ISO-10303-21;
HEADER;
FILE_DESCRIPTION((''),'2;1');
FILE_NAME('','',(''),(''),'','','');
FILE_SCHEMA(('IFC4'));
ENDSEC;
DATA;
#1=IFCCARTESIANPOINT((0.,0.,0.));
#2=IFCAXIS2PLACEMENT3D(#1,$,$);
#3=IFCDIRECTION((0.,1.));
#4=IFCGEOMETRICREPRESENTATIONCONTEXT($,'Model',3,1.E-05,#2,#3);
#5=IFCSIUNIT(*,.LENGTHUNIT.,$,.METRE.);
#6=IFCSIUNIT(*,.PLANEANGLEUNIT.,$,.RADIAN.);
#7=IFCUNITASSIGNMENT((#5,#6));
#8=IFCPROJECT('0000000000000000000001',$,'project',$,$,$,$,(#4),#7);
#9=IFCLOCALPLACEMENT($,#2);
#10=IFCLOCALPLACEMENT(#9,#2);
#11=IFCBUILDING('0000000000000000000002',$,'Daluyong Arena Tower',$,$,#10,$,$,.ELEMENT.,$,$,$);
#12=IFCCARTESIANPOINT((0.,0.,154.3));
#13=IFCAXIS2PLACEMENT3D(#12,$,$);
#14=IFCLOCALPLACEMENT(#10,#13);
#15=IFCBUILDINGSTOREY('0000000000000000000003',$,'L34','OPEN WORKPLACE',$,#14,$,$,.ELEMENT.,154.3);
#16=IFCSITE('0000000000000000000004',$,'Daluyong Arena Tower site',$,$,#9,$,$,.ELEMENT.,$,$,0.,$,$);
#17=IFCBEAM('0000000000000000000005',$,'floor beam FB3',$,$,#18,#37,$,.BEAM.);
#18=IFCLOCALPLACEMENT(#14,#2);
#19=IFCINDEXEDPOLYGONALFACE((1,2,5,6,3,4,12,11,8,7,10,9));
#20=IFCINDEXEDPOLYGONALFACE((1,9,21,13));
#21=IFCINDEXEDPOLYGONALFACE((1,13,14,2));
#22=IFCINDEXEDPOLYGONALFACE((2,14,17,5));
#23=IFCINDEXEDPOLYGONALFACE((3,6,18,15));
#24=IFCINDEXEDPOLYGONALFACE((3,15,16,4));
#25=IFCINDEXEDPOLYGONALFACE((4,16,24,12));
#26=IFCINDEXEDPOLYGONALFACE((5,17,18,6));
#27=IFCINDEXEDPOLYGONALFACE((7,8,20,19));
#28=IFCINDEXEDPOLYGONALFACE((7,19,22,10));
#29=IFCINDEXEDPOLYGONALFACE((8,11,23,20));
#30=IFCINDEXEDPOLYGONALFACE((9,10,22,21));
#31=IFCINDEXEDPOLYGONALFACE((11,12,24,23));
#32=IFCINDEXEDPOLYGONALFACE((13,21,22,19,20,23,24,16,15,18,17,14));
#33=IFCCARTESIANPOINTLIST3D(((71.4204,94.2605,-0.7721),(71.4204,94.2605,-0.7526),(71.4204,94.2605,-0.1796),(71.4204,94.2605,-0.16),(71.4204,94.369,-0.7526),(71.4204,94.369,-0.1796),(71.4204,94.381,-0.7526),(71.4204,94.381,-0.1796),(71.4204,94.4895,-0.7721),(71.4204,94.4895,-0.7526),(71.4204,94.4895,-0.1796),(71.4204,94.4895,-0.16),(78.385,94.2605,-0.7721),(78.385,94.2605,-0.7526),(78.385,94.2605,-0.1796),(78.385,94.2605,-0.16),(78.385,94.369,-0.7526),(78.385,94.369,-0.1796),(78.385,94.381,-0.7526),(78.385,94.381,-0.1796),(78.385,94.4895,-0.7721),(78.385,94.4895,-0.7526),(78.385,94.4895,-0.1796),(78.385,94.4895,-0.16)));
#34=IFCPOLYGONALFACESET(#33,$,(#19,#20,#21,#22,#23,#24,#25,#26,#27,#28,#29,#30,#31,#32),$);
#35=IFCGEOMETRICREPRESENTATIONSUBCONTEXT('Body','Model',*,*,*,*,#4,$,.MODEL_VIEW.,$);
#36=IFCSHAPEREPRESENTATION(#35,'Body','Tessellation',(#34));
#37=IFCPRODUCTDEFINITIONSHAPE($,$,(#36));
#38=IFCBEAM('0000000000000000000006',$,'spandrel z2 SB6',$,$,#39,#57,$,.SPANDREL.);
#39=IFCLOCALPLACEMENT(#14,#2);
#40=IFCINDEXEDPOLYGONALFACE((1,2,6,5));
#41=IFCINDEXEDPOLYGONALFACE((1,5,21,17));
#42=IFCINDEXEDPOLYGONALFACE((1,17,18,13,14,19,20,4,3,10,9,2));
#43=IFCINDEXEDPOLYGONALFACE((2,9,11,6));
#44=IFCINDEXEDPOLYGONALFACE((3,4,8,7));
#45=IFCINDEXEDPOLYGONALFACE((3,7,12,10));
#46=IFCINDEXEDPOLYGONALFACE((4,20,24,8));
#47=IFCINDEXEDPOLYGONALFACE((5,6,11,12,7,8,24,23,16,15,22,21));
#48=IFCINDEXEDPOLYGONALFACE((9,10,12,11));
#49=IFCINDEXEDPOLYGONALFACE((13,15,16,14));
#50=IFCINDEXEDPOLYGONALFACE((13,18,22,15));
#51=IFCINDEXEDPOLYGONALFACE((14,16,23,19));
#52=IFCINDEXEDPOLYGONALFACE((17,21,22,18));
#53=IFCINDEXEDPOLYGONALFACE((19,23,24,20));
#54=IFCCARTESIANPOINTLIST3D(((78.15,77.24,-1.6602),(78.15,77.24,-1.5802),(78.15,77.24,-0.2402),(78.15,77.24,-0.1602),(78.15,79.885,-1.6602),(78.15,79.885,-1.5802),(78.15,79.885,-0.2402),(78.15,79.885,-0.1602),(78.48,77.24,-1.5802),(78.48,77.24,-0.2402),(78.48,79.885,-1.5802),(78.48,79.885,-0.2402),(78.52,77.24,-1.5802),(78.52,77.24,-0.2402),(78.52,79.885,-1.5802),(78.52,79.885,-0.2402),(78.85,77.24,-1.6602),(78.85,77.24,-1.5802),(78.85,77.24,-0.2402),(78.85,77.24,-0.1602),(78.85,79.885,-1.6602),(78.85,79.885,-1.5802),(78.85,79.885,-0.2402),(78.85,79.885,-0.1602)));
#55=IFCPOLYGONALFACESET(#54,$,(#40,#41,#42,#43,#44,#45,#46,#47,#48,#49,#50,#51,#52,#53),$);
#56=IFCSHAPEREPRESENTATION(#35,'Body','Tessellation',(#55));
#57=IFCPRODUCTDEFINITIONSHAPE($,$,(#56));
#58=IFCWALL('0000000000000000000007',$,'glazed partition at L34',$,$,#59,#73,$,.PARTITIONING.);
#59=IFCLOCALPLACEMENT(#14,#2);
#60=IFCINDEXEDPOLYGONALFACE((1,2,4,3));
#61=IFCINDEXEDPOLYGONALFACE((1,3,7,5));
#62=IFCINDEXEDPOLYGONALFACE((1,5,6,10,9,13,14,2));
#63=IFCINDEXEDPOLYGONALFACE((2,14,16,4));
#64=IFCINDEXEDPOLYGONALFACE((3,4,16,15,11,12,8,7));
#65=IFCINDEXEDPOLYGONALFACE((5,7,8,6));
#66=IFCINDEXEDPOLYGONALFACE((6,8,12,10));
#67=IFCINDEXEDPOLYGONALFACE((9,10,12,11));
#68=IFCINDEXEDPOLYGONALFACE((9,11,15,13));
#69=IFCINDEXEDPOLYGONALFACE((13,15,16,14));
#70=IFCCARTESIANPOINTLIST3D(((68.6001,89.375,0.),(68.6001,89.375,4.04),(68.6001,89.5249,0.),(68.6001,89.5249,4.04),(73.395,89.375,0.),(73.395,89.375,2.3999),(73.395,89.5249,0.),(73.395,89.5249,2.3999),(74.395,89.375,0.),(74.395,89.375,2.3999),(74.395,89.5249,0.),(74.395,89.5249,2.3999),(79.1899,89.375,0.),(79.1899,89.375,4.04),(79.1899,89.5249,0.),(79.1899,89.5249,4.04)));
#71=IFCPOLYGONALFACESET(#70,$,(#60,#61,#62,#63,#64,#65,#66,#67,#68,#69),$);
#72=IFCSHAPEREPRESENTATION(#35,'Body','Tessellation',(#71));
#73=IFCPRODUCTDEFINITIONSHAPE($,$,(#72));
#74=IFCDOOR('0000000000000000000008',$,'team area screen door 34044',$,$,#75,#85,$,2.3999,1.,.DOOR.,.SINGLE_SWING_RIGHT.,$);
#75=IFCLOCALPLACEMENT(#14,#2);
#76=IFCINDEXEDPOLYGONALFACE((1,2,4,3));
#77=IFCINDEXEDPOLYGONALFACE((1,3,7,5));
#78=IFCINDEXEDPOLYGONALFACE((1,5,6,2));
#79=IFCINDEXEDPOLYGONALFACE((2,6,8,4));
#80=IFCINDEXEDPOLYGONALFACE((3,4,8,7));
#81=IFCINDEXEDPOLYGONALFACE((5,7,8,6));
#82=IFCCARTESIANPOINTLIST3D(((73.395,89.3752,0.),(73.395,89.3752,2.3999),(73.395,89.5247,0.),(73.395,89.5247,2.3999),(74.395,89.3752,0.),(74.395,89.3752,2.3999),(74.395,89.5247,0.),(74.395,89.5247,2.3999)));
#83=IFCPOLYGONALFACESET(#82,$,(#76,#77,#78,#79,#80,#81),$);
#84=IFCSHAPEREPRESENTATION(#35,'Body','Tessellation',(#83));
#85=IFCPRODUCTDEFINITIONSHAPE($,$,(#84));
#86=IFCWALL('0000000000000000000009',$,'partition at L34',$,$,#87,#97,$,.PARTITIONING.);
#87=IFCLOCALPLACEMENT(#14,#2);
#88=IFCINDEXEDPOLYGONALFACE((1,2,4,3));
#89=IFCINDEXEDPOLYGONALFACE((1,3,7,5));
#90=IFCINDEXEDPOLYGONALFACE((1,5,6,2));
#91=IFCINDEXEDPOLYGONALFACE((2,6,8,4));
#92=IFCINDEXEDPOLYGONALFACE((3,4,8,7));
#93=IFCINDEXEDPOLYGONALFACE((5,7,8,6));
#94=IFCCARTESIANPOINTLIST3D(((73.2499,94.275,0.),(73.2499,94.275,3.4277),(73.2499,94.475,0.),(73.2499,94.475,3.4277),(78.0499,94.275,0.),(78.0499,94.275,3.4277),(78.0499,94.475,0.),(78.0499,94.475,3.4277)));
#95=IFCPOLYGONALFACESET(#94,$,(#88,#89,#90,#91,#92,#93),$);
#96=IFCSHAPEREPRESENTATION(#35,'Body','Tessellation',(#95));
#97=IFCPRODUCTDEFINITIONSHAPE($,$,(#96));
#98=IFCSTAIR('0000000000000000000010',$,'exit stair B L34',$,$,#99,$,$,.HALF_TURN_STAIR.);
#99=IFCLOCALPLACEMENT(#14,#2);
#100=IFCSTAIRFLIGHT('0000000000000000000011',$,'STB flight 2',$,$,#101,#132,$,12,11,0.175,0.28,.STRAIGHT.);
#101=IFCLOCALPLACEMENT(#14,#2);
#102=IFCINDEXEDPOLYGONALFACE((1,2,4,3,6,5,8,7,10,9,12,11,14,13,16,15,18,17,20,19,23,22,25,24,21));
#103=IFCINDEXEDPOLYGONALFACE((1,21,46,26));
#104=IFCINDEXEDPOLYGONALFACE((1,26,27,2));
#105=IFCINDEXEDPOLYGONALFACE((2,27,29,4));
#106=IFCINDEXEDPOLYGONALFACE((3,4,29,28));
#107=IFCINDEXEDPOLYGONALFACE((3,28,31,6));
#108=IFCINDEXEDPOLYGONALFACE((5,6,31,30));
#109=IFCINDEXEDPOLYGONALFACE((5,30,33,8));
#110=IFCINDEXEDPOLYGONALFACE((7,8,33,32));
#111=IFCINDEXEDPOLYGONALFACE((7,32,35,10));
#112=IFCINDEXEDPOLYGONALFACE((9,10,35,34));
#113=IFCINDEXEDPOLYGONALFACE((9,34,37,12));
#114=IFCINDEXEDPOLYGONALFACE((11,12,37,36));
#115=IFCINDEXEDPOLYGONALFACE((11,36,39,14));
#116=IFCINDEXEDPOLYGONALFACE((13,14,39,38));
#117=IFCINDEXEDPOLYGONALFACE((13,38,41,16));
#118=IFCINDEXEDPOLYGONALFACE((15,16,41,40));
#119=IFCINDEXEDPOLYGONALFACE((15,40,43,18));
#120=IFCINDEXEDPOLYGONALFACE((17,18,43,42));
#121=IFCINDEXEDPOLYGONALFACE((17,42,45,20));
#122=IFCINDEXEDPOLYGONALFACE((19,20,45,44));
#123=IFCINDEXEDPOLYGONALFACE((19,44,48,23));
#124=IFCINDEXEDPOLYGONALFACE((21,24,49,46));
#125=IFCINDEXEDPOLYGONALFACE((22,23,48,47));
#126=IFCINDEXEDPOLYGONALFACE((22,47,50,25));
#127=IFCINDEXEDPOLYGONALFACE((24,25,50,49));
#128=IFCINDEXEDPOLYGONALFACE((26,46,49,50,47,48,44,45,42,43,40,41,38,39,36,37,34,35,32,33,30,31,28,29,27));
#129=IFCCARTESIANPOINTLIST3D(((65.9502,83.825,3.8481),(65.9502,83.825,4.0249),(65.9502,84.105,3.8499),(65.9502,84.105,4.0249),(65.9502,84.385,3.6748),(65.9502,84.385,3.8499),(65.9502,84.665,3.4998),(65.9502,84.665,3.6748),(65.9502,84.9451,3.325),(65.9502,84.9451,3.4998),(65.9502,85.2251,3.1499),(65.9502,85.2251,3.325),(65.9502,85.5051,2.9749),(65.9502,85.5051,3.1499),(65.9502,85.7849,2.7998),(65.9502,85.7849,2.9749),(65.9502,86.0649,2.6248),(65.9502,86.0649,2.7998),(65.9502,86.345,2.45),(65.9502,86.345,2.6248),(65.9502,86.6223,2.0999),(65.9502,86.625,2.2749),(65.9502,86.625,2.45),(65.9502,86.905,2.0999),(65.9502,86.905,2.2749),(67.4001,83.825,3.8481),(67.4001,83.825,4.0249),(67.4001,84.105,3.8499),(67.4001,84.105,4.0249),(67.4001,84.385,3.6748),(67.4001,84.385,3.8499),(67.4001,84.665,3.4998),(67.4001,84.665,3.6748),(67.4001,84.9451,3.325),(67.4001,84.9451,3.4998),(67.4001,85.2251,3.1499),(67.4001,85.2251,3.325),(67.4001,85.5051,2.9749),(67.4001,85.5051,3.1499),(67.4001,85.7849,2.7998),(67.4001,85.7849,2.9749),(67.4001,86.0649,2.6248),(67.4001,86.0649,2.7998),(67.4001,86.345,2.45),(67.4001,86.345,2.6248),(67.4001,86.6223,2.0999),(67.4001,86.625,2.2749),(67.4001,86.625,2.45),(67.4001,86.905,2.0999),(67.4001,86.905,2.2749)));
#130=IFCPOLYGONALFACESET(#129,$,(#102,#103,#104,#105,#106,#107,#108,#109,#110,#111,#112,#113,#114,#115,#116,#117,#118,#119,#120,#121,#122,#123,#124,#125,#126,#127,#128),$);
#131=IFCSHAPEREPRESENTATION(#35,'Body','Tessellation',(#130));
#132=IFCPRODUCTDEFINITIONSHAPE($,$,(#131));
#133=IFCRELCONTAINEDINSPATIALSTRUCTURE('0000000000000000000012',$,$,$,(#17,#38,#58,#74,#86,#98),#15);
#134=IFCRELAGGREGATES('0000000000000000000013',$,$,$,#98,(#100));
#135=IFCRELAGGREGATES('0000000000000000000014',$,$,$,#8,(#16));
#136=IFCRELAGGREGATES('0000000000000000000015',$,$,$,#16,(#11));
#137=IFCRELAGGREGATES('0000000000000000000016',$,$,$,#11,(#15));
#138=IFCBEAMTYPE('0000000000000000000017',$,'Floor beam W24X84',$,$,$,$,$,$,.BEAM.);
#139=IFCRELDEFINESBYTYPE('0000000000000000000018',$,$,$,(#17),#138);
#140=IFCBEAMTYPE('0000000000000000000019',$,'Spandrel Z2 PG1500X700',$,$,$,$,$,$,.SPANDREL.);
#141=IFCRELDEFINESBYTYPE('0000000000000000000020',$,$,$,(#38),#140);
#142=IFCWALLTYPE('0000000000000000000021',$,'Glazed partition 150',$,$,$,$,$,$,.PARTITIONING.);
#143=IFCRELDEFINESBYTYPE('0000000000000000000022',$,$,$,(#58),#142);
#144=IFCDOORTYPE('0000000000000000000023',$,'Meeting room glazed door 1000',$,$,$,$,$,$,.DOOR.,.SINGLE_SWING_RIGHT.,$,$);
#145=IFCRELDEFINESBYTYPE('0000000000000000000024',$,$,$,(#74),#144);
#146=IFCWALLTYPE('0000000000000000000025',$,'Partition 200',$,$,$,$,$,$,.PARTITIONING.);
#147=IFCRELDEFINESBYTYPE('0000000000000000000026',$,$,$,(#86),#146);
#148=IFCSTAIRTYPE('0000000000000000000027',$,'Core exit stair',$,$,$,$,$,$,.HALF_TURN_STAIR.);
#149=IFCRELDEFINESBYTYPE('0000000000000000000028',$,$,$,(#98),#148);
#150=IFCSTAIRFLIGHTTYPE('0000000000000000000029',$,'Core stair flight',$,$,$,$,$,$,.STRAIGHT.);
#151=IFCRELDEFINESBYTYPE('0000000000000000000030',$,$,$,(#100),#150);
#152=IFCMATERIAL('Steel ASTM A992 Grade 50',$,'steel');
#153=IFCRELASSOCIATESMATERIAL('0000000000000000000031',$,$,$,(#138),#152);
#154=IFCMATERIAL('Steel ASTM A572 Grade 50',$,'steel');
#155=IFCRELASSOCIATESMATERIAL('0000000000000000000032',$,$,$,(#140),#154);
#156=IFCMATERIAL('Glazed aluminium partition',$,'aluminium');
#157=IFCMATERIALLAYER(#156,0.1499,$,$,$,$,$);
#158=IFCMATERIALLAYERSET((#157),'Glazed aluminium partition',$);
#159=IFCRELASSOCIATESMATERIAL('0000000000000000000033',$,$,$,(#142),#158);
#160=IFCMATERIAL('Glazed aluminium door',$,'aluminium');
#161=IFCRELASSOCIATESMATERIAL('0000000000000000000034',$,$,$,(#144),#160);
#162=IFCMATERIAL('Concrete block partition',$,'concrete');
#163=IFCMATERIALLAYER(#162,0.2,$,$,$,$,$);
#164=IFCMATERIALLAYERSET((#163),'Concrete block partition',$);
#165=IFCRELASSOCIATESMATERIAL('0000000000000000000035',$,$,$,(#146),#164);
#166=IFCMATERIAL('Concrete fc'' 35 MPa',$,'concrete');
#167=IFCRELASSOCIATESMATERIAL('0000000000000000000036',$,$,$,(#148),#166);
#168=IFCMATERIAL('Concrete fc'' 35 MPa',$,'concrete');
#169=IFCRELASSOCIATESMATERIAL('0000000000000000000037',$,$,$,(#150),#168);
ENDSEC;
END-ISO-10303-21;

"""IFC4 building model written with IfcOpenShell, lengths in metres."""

from ifc_helpers import new_model, si_unit, direction, frame, frame_2d, origin, origin_2d, place, context, subcontext, project, spatial, polyline, rectangle, i_section, outline, extrude, material, layer, layer_set, material_profile, profile_set, type_object, element, fill, aggregate, save


model = new_model("IFC4")

# Units and contexts
model_context = context("Model", 3, precision=1e-05, world=origin(), true_north=direction((0.0, 1.0)))
body_context = subcontext(model_context, "Body", "Model", "MODEL_VIEW")
ifc_project = project(units=[si_unit("LENGTHUNIT", "METRE"), si_unit("PLANEANGLEUNIT", "RADIAN")], contexts=[model_context])

# Site, building, storey
site_placement = place(None, origin())
site = spatial("IfcSite", under=ifc_project, at=site_placement, Name="Daluyong Arena Tower site", CompositionType="ELEMENT", RefElevation=0.0)
building_placement = place(site_placement, origin())
building = spatial("IfcBuilding", under=site, at=building_placement, Name="Daluyong Arena Tower", CompositionType="ELEMENT")
storey_placement = place(building_placement, frame((0.0, 0.0, 154.3)))
storey = spatial("IfcBuildingStorey", under=building, at=storey_placement, Name="L34", Description="OPEN WORKPLACE", CompositionType="ELEMENT", Elevation=154.3)

# Beams
ifc_material_1 = material(Name="Steel ASTM A992 Grade 50", Category="steel")
ifc_material_profile_1 = material_profile(ifc_material_1, i_section(OverallWidth=0.229, OverallDepth=0.6121, WebThickness=0.012, FlangeThickness=0.0195, at=origin_2d()))
ifc_profile_set_1 = profile_set([ifc_material_profile_1], Name="Steel ASTM A992 Grade 50")
beam_type_1 = type_object("IfcBeamType", Name="Floor beam W24X84", PredefinedType="BEAM", material=ifc_profile_set_1)
beam_1_placement = place(storey_placement, frame((78.385, 94.375, -0.4661), z_axis=(-1.0, 0.0, 0.0), x_axis=(0.0, -1.0, 0.0)))
element("IfcBeam", 1, at=beam_1_placement, inside=storey, type_object=beam_type_1, Name="floor beam FB3", PredefinedType="BEAM", context=body_context, shape_type="SweptSolid", body=[
    extrude(i_section(OverallWidth=0.229, OverallDepth=0.6121, WebThickness=0.012, FlangeThickness=0.0195, at=origin_2d()), origin(), (0.0, 0.0, 1.0), 6.9646),
])
ifc_material_2 = material(Name="Steel ASTM A572 Grade 50", Category="steel")
ifc_material_profile_2 = material_profile(ifc_material_2, i_section(OverallWidth=0.7, OverallDepth=1.5, WebThickness=0.04, FlangeThickness=0.08, at=origin_2d()))
ifc_profile_set_2 = profile_set([ifc_material_profile_2], Name="Steel ASTM A572 Grade 50")
beam_type_2 = type_object("IfcBeamType", Name="Spandrel Z2 PG1500X700", PredefinedType="SPANDREL", material=ifc_profile_set_2)
beam_2_placement = place(storey_placement, frame((78.5, 77.24, -0.9102), z_axis=(0.0, 1.0, 0.0), x_axis=(-1.0, 0.0, 0.0)))
element("IfcBeam", 2, at=beam_2_placement, inside=storey, type_object=beam_type_2, Name="spandrel z2 SB6", PredefinedType="SPANDREL", context=body_context, shape_type="SweptSolid", body=[
    extrude(i_section(OverallWidth=0.7, OverallDepth=1.5, WebThickness=0.04, FlangeThickness=0.08, at=origin_2d()), origin(), (0.0, 0.0, 1.0), 2.645),
])

# Wall, opening, door
ifc_material_3 = material(Name="Glazed aluminium partition", Category="aluminium")
ifc_layer_1 = layer(ifc_material_3, 0.1499)
ifc_layer_set_1 = layer_set([ifc_layer_1], Name="Glazed aluminium partition")
wall_type_1 = type_object("IfcWallType", Name="Glazed partition 150", PredefinedType="PARTITIONING", material=ifc_layer_set_1)
wall_1_placement = place(storey_placement, frame((68.6001, 89.45, 0.0), z_axis=(0.0, 0.0, 1.0), x_axis=(1.0, 0.0, 0.0)))
wall_1 = element("IfcWall", 3, at=wall_1_placement, inside=storey, type_object=wall_type_1, Name="glazed partition at L34", PredefinedType="PARTITIONING", context=body_context, shape_type="SweptSolid", body=[
    extrude(rectangle(XDim=10.5898, YDim=0.1499, at=frame_2d((5.2949, 0.0))), origin(), (0.0, 0.0, 1.0), 4.04),
])
opening_1_placement = place(wall_1_placement, frame((4.7949, 0.0, 0.0)))
opening_1 = element("IfcOpeningElement", 4, at=opening_1_placement, cuts=wall_1, PredefinedType="OPENING", context=body_context, shape_type="SweptSolid", body=[
    extrude(rectangle(XDim=1.0, YDim=2.3999, at=frame_2d((0.5, 1.2))), frame((0.0, 0.085, 0.0), z_axis=(0.0, -1.0, 0.0), x_axis=(1.0, 0.0, 0.0)), (0.0, 0.0, 1.0), 0.1699),
])
ifc_material_4 = material(Name="Glazed aluminium door", Category="aluminium")
door_type = type_object("IfcDoorType", Name="Meeting room glazed door 1000", OperationType="SINGLE_SWING_RIGHT", PredefinedType="DOOR", material=ifc_material_4)
door_1_placement = place(opening_1_placement, origin())
door_1 = element("IfcDoor", 5, at=door_1_placement, inside=storey, type_object=door_type, Name="team area screen door 34044", OperationType="SINGLE_SWING_RIGHT", OverallHeight=2.3999, OverallWidth=1.0, PredefinedType="DOOR", context=body_context, shape_type="SweptSolid", body=[
    extrude(rectangle(XDim=1.0, YDim=2.3999, at=frame_2d((0.5, 1.2))), frame((0.0, 0.0747, 0.0), z_axis=(0.0, -1.0, 0.0), x_axis=(1.0, 0.0, 0.0)), (0.0, 0.0, 1.0), 0.1494),
])
fill(opening_1, door_1)

# Wall
ifc_material_5 = material(Name="Concrete block partition", Category="concrete")
ifc_layer_2 = layer(ifc_material_5, 0.2)
ifc_layer_set_2 = layer_set([ifc_layer_2], Name="Concrete block partition")
wall_type_2 = type_object("IfcWallType", Name="Partition 200", PredefinedType="PARTITIONING", material=ifc_layer_set_2)
wall_2_placement = place(storey_placement, frame((73.25, 94.375, 0.0), z_axis=(0.0, 0.0, 1.0), x_axis=(1.0, 0.0, 0.0)))
element("IfcWall", 6, at=wall_2_placement, inside=storey, type_object=wall_type_2, Name="partition at L34", PredefinedType="PARTITIONING", context=body_context, shape_type="SweptSolid", body=[
    extrude(rectangle(XDim=4.8, YDim=0.2, at=frame_2d((2.3999, 0.0))), origin(), (0.0, 0.0, 1.0), 3.4277),
])

# Stair, stair flight
ifc_material_6 = material(Name="Concrete fc' 35 MPa", Category="concrete")
stair_type = type_object("IfcStairType", Name="Core exit stair", PredefinedType="HALF_TURN_STAIR", material=ifc_material_6)
stair_placement = place(storey_placement, origin())
stair = element("IfcStair", 7, at=stair_placement, inside=storey, type_object=stair_type, Name="exit stair B L34", PredefinedType="HALF_TURN_STAIR")
ifc_material_7 = material(Name="Concrete fc' 35 MPa", Category="concrete")
stair_flight_type = type_object("IfcStairFlightType", Name="Core stair flight", PredefinedType="STRAIGHT", material=ifc_material_7)
stair_flight_placement = place(storey_placement, frame((66.675, 86.905, 2.0999), z_axis=(0.0, 0.0, 1.0), x_axis=(0.0, -1.0, 0.0)))
stair_flight = element("IfcStairFlight", 8, at=stair_flight_placement, type_object=stair_flight_type, Name="STB flight 2", NumberOfRisers=12, NumberOfTreads=11, PredefinedType="STRAIGHT", RiserHeight=0.175, TreadLength=0.28, context=body_context, shape_type="SweptSolid", body=[
    extrude(outline(polyline([(0.0, 0.0), (0.0, 0.175), (0.28, 0.175), (0.28, 0.3501), (0.5601, 0.3501), (0.5601, 0.5249), (0.8401, 0.5249), (0.8401, 0.7), (1.1201, 0.7), (1.1201, 0.875), (1.3999, 0.875), (1.3999, 1.05), (1.6799, 1.05), (1.6799, 1.2251), (1.96, 1.2251), (1.96, 1.3999), (2.24, 1.3999), (2.24, 1.575), (2.52, 1.575), (2.52, 1.75), (2.8, 1.75), (2.8, 1.925), (3.0801, 1.925), (3.0801, 2.1001), (3.0801, 1.7483), (0.2827, 0.0), (0.0, 0.0)])), frame((0.0, 0.7251, 0.0), z_axis=(0.0, -1.0, 0.0), x_axis=(1.0, 0.0, 0.0)), (0.0, 0.0, 1.0), 1.45),
])
aggregate(stair, [stair_flight])

save(model, "model.ifc")
